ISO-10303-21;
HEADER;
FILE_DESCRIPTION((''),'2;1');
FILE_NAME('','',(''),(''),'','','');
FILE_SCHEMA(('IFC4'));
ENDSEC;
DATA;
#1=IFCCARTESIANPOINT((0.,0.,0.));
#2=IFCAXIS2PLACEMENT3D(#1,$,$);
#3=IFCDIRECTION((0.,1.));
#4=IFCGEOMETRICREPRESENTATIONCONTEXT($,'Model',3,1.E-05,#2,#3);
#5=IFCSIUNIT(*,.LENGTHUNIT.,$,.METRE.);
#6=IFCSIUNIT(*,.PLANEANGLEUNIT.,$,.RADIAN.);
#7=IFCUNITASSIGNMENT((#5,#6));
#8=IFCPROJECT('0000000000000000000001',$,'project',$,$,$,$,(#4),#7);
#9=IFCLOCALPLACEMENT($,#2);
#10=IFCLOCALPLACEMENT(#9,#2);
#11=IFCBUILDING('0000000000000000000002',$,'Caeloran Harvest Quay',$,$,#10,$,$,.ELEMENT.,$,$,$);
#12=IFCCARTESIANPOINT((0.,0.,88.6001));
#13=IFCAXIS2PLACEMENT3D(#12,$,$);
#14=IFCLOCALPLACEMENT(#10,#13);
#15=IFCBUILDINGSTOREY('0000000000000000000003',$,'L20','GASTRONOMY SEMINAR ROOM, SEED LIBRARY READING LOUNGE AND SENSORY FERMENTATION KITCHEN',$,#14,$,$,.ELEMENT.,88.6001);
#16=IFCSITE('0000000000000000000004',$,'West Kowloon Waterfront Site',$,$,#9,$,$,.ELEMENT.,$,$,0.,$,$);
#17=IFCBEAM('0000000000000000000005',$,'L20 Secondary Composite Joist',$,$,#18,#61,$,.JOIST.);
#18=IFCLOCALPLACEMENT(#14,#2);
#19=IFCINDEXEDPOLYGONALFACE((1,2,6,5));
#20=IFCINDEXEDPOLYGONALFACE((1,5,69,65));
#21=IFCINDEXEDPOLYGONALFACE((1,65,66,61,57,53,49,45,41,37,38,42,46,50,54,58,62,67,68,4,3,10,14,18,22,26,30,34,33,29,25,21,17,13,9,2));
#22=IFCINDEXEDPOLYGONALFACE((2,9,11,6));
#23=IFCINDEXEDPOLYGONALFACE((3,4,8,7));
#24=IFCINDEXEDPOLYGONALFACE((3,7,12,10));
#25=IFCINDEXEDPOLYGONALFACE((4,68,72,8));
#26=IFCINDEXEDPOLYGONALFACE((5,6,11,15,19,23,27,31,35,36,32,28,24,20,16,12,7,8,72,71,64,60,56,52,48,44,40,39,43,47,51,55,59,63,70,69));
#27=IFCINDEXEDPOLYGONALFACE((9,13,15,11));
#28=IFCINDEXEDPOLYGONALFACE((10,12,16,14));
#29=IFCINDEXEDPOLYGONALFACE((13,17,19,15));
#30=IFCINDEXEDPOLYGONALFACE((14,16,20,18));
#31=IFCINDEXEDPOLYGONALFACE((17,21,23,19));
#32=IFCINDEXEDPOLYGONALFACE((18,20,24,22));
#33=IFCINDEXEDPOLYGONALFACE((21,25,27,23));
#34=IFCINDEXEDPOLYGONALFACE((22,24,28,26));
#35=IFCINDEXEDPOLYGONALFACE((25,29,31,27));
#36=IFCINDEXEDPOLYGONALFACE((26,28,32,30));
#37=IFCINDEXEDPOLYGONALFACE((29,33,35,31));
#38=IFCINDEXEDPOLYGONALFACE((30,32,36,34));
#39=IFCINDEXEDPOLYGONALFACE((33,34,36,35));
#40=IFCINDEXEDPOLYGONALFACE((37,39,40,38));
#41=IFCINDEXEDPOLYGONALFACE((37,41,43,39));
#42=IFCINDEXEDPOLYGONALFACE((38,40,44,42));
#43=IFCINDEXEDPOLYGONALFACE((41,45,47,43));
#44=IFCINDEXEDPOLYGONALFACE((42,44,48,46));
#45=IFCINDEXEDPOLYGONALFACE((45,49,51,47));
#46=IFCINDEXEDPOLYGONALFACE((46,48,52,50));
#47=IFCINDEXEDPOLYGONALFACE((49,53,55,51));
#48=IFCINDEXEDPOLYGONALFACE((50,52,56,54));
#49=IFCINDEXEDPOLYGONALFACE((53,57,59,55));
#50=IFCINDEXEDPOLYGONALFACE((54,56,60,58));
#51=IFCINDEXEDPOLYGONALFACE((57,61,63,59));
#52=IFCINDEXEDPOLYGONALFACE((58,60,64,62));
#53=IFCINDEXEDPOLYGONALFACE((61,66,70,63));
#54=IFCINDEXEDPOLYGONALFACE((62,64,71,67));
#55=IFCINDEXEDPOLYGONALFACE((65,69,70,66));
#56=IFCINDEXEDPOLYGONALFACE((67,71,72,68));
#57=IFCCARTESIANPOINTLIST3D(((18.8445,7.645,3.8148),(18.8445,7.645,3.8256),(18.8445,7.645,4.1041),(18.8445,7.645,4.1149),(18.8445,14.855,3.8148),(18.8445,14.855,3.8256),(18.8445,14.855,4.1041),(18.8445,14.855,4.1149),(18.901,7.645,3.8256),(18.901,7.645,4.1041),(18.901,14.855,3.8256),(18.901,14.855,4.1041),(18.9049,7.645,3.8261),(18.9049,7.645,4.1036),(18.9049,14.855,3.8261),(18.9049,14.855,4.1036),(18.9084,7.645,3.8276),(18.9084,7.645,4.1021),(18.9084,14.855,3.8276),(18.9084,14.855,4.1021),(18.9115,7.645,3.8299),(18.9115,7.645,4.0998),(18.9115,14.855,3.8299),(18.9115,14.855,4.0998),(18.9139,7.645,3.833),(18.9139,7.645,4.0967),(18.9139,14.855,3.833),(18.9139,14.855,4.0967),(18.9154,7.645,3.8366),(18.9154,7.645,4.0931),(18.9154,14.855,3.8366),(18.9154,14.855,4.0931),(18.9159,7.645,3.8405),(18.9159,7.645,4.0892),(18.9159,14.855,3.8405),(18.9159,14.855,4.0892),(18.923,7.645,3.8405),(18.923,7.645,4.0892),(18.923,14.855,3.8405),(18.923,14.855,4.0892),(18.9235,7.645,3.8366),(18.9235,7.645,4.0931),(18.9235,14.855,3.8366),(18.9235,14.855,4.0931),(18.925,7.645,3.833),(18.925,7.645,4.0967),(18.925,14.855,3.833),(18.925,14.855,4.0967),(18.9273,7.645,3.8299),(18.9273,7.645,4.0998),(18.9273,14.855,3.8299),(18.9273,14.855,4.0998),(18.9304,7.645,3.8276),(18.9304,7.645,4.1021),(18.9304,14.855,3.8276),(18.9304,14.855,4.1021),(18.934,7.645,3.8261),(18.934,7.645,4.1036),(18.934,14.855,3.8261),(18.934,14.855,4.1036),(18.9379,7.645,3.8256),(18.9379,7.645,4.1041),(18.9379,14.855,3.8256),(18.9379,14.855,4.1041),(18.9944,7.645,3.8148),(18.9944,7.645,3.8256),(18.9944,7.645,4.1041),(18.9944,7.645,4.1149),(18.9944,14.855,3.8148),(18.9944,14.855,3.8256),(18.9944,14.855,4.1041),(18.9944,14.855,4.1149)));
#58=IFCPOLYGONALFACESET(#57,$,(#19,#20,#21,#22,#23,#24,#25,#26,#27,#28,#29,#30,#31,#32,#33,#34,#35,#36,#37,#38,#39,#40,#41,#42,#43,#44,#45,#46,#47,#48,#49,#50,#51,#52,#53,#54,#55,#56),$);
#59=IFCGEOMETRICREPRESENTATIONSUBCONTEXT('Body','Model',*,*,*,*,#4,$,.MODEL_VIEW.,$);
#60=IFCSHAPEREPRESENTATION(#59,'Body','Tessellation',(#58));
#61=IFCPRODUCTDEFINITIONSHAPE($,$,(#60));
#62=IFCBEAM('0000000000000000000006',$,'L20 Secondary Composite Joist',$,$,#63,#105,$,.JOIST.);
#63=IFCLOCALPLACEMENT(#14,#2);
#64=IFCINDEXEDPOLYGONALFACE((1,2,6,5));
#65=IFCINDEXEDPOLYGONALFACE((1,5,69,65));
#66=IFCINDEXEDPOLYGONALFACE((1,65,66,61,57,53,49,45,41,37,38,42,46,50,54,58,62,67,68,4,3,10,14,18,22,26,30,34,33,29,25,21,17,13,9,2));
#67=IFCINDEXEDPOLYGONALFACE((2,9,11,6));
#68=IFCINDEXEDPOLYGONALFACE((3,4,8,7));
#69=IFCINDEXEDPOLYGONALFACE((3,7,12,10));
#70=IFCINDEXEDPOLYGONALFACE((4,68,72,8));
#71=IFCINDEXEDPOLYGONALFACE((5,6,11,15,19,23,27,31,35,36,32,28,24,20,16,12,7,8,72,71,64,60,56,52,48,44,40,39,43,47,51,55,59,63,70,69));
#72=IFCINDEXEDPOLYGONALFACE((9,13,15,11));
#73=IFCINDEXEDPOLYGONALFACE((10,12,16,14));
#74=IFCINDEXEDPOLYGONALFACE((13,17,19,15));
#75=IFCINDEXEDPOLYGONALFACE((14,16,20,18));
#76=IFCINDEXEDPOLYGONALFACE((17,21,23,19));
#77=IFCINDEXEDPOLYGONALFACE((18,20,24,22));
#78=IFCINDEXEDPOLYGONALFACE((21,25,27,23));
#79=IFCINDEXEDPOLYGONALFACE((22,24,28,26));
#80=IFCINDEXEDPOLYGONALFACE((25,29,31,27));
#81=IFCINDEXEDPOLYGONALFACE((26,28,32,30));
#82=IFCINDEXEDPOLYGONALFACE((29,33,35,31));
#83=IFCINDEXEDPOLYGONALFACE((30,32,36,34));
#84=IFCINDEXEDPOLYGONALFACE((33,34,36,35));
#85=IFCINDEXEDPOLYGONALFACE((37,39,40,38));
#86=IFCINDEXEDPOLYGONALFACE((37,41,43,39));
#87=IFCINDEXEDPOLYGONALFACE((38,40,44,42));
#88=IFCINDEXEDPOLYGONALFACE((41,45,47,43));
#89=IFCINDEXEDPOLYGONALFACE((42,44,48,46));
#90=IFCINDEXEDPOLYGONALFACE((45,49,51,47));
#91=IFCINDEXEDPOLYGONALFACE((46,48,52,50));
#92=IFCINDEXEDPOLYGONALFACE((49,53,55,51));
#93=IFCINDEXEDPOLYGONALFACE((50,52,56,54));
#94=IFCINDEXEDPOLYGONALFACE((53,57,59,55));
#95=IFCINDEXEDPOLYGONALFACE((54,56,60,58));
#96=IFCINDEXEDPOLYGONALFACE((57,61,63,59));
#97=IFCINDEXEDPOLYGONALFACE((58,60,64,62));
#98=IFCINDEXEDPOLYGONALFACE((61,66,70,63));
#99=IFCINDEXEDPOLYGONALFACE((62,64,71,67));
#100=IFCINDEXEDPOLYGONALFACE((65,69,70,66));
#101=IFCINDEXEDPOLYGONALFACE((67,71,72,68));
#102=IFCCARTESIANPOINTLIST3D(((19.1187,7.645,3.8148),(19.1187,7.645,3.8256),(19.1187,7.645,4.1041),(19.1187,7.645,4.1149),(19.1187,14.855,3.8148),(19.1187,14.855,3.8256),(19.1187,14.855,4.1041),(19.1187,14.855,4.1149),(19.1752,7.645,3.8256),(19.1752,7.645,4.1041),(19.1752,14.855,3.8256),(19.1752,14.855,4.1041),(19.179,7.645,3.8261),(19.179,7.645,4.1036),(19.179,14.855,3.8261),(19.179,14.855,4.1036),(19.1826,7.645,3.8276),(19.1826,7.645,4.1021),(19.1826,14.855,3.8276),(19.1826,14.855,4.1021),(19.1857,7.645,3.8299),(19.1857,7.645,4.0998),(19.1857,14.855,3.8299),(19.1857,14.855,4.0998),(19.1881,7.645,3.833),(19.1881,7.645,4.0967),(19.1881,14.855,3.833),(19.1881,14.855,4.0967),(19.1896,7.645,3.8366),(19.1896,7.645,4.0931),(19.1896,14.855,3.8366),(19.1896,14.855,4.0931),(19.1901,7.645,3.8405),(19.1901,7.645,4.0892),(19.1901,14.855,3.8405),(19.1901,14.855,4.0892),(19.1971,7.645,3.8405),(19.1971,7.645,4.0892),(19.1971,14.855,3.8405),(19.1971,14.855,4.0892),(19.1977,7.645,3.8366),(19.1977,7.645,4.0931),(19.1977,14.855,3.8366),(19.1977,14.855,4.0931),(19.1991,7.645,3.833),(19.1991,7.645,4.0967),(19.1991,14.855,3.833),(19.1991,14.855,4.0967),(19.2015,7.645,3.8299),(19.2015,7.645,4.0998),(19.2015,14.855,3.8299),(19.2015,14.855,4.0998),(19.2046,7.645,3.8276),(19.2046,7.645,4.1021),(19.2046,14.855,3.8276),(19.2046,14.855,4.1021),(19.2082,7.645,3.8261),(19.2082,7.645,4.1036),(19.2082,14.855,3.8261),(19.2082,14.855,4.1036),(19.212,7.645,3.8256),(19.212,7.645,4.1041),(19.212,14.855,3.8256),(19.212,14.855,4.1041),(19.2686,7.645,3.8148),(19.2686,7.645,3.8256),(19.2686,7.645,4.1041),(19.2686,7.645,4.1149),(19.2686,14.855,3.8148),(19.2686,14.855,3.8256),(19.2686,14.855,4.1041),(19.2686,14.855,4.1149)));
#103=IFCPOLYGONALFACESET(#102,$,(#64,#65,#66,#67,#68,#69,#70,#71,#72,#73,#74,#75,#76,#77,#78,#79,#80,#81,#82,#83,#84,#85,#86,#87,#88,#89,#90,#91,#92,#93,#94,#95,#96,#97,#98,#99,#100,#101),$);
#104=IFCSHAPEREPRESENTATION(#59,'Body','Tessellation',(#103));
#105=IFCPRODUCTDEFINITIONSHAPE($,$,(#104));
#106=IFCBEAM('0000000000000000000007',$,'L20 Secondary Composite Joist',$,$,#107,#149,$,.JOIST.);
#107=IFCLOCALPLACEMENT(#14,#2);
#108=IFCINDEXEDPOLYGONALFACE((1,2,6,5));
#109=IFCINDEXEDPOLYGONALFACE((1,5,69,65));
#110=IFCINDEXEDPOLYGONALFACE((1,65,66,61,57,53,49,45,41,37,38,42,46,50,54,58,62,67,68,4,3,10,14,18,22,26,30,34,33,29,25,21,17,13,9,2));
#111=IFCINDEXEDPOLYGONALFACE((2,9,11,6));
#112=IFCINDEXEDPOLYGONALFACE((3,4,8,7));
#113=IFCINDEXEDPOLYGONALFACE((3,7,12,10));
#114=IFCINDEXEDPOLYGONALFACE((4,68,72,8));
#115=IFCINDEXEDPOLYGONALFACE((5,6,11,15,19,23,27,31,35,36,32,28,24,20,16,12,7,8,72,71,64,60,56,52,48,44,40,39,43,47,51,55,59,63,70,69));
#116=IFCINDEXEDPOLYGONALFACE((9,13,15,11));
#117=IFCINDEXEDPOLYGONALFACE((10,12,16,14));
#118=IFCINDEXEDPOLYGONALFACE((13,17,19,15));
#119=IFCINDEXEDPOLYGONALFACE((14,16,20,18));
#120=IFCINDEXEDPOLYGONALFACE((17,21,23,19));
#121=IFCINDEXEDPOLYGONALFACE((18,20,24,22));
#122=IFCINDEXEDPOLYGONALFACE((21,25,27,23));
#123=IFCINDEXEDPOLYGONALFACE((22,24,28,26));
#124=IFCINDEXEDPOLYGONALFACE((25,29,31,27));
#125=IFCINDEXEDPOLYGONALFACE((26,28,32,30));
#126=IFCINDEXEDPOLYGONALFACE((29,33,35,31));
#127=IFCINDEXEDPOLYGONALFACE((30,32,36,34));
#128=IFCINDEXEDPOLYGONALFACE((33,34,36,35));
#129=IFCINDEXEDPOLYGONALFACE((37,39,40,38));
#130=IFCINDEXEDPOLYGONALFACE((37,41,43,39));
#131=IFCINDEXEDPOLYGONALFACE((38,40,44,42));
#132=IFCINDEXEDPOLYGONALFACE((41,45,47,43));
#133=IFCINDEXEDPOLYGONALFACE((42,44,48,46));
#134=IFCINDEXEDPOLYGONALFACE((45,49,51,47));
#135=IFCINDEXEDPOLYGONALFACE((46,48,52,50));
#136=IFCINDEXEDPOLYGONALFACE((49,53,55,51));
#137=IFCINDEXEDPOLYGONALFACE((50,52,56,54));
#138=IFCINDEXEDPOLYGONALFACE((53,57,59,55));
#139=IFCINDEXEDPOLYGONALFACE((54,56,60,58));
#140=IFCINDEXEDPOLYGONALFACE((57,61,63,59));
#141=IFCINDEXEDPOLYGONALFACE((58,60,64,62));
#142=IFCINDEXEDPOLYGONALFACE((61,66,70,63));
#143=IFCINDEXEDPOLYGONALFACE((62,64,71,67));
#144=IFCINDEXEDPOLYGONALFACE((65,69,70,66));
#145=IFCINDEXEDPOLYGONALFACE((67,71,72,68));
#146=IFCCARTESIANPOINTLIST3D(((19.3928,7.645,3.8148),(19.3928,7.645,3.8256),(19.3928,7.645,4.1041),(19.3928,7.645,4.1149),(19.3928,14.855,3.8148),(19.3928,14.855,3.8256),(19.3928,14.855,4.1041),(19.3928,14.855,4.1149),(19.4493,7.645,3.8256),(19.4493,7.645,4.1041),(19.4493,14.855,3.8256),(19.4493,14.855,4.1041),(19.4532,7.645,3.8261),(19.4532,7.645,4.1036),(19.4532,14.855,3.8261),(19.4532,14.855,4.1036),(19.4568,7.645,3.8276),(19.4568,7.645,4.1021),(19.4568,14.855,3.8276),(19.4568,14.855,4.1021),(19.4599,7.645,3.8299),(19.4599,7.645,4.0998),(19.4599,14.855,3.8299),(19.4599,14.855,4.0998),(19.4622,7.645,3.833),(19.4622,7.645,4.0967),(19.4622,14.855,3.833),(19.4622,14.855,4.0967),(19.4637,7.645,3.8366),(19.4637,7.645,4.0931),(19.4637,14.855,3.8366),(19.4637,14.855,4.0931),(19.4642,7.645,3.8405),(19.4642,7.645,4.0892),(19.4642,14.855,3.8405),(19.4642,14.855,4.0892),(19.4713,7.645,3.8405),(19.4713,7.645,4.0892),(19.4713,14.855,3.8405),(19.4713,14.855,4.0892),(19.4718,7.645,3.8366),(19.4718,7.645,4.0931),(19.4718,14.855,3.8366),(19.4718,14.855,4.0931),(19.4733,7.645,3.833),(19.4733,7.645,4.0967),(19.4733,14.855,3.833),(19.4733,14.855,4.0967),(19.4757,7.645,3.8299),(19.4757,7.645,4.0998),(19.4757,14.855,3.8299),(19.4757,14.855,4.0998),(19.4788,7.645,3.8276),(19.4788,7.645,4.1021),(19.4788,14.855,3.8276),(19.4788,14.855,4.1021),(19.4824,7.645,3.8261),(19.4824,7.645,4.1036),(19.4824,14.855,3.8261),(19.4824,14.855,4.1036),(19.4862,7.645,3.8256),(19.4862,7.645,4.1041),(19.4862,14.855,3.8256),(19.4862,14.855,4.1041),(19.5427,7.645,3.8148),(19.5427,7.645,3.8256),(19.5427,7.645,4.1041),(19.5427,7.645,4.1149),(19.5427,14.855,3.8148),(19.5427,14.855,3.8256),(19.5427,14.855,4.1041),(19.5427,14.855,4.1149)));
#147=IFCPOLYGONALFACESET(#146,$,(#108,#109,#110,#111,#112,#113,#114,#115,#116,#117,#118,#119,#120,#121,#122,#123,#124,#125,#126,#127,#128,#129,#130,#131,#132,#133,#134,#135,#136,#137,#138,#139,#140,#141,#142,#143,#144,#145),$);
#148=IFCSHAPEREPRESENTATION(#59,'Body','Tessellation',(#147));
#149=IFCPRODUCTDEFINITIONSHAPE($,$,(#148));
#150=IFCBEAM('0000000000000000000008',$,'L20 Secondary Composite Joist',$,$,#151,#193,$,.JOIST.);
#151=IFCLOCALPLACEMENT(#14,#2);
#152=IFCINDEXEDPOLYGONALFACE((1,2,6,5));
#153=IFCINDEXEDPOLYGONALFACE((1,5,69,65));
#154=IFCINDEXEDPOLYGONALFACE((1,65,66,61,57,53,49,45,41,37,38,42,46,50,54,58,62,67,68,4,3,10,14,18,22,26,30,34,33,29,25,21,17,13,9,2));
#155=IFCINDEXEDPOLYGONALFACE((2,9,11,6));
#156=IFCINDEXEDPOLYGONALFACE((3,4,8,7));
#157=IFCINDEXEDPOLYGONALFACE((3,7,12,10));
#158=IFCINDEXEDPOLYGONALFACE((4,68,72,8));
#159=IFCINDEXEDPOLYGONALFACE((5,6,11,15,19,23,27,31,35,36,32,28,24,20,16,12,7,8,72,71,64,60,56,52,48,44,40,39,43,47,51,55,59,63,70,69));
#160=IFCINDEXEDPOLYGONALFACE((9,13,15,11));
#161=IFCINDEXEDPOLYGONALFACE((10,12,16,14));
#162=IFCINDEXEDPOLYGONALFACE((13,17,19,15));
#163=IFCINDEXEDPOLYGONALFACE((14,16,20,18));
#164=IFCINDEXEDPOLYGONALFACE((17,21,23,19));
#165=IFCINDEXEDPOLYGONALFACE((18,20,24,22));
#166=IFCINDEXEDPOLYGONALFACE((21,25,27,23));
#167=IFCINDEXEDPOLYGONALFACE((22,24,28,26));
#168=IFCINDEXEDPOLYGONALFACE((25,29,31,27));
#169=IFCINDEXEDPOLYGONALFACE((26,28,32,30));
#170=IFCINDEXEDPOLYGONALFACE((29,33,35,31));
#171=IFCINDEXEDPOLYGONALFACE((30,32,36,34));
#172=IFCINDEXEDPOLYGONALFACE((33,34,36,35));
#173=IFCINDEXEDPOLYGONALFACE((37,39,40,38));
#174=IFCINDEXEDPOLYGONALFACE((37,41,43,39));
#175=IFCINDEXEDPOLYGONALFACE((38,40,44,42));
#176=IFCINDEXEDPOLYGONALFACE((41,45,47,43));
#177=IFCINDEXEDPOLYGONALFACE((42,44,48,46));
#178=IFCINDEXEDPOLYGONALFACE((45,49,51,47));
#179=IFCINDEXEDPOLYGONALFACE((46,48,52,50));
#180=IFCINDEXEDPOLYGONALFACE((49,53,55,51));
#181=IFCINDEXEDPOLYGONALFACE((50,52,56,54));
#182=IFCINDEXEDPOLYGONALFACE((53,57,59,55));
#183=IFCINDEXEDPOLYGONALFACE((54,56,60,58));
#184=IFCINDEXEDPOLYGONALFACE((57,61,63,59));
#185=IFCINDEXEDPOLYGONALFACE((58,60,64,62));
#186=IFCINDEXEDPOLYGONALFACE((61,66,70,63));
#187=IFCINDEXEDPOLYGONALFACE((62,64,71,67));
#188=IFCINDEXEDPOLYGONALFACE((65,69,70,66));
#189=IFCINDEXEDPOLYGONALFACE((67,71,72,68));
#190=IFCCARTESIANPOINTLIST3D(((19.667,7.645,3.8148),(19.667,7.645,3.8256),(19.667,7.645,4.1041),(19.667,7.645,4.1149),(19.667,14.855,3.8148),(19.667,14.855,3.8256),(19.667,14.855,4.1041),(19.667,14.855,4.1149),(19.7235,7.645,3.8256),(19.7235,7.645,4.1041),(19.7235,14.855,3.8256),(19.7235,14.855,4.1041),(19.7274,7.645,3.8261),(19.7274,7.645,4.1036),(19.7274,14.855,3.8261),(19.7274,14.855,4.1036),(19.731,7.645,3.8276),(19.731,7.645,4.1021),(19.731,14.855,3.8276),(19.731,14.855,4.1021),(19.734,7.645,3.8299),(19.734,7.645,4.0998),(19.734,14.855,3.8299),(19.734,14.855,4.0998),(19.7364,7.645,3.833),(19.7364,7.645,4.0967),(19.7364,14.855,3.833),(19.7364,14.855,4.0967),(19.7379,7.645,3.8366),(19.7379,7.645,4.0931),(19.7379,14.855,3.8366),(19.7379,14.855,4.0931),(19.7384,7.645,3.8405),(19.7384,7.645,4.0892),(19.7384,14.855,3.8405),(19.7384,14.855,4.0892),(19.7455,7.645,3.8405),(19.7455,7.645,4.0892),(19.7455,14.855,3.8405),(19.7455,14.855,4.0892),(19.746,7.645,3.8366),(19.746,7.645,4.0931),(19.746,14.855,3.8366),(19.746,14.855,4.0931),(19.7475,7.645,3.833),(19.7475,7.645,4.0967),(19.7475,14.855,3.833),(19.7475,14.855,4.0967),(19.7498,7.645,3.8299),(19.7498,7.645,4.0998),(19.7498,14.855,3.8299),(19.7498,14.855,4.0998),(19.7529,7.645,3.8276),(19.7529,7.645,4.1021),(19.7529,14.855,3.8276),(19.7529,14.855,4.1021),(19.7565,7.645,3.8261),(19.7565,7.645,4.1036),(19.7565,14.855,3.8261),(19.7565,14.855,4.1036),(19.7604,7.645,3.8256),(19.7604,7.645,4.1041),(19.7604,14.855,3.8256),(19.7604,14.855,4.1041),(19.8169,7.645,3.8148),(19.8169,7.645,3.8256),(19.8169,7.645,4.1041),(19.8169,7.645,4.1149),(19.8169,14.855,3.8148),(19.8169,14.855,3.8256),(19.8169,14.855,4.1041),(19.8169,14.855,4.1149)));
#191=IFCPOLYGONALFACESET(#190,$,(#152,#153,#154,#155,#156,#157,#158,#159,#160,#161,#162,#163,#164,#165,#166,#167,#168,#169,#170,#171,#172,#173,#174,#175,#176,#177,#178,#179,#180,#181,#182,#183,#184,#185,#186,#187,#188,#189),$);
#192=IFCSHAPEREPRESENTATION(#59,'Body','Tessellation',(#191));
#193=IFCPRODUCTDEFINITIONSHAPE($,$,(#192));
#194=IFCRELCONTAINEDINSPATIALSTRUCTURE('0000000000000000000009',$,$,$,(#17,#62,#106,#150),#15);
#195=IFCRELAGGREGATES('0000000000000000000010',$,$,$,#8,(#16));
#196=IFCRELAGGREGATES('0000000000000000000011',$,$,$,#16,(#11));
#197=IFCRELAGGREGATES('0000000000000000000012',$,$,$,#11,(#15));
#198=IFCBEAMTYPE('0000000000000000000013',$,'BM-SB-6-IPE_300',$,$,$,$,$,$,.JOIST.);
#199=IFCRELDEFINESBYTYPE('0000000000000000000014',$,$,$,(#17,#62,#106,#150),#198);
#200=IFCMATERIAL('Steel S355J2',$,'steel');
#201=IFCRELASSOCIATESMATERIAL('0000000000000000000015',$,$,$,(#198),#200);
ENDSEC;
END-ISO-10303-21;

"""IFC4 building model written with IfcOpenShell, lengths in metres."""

from ifc_helpers import new_model, si_unit, direction, frame, origin, origin_2d, place, context, subcontext, project, spatial, i_section, extrude, material, material_profile, profile_set, type_object, element, save


model = new_model("IFC4")

# Units and contexts
model_context = context("Model", 3, precision=1e-05, world=origin(), true_north=direction((0.0, 1.0)))
body_context = subcontext(model_context, "Body", "Model", "MODEL_VIEW")
ifc_project = project(units=[si_unit("LENGTHUNIT", "METRE"), si_unit("PLANEANGLEUNIT", "RADIAN")], contexts=[model_context])

# Site, building, storey
site_placement = place(None, origin())
site = spatial("IfcSite", under=ifc_project, at=site_placement, Name="West Kowloon Waterfront Site", CompositionType="ELEMENT", RefElevation=0.0)
building_placement = place(site_placement, origin())
building = spatial("IfcBuilding", under=site, at=building_placement, Name="Caeloran Harvest Quay", CompositionType="ELEMENT")
storey_placement = place(building_placement, frame((0.0, 0.0, 88.6001)))
storey = spatial("IfcBuildingStorey", under=building, at=storey_placement, Name="L20", Description="GASTRONOMY SEMINAR ROOM, SEED LIBRARY READING LOUNGE AND SENSORY FERMENTATION KITCHEN", CompositionType="ELEMENT", Elevation=88.6001)

# Beams
ifc_material_1 = material(Name="Steel S355J2", Category="steel")
ifc_material_profile_1 = material_profile(ifc_material_1, i_section(OverallWidth=0.1499, OverallDepth=0.3, WebThickness=0.0071, FlangeThickness=0.0107, FilletRadius=0.0149, at=origin_2d()), Name="IPE 300")
ifc_profile_set_1 = profile_set([ifc_material_profile_1], Name="Steel S355J2")
beam_type_1 = type_object("IfcBeamType", Name="BM-SB-6-IPE_300", PredefinedType="JOIST", material=ifc_profile_set_1)
for number, where, z_axis, x_axis, name in (
    (1, (18.9194, 7.645, 3.9648), (0.0, 1.0, 0.0), (-1.0, 0.0, 0.0), "L20 Secondary Composite Joist"),
    (2, (19.1936, 7.645, 3.9648), (0.0, 1.0, 0.0), (-1.0, 0.0, 0.0), "L20 Secondary Composite Joist"),
    (3, (19.4678, 7.645, 3.9648), (0.0, 1.0, 0.0), (-1.0, 0.0, 0.0), "L20 Secondary Composite Joist"),
    (4, (19.7419, 7.645, 3.9648), (0.0, 1.0, 0.0), (-1.0, 0.0, 0.0), "L20 Secondary Composite Joist"),
):
    element("IfcBeam", number, at=place(storey_placement, frame(where, z_axis=z_axis, x_axis=x_axis)), inside=storey, type_object=beam_type_1, Name=name, PredefinedType="JOIST", context=body_context, shape_type="SweptSolid", body=[
        extrude(i_section(OverallWidth=0.1499, OverallDepth=0.3, WebThickness=0.0071, FlangeThickness=0.0107, FilletRadius=0.0149, at=origin_2d()), origin(), (0.0, 0.0, 1.0), 7.21),
    ])

save(model, "model.ifc")
